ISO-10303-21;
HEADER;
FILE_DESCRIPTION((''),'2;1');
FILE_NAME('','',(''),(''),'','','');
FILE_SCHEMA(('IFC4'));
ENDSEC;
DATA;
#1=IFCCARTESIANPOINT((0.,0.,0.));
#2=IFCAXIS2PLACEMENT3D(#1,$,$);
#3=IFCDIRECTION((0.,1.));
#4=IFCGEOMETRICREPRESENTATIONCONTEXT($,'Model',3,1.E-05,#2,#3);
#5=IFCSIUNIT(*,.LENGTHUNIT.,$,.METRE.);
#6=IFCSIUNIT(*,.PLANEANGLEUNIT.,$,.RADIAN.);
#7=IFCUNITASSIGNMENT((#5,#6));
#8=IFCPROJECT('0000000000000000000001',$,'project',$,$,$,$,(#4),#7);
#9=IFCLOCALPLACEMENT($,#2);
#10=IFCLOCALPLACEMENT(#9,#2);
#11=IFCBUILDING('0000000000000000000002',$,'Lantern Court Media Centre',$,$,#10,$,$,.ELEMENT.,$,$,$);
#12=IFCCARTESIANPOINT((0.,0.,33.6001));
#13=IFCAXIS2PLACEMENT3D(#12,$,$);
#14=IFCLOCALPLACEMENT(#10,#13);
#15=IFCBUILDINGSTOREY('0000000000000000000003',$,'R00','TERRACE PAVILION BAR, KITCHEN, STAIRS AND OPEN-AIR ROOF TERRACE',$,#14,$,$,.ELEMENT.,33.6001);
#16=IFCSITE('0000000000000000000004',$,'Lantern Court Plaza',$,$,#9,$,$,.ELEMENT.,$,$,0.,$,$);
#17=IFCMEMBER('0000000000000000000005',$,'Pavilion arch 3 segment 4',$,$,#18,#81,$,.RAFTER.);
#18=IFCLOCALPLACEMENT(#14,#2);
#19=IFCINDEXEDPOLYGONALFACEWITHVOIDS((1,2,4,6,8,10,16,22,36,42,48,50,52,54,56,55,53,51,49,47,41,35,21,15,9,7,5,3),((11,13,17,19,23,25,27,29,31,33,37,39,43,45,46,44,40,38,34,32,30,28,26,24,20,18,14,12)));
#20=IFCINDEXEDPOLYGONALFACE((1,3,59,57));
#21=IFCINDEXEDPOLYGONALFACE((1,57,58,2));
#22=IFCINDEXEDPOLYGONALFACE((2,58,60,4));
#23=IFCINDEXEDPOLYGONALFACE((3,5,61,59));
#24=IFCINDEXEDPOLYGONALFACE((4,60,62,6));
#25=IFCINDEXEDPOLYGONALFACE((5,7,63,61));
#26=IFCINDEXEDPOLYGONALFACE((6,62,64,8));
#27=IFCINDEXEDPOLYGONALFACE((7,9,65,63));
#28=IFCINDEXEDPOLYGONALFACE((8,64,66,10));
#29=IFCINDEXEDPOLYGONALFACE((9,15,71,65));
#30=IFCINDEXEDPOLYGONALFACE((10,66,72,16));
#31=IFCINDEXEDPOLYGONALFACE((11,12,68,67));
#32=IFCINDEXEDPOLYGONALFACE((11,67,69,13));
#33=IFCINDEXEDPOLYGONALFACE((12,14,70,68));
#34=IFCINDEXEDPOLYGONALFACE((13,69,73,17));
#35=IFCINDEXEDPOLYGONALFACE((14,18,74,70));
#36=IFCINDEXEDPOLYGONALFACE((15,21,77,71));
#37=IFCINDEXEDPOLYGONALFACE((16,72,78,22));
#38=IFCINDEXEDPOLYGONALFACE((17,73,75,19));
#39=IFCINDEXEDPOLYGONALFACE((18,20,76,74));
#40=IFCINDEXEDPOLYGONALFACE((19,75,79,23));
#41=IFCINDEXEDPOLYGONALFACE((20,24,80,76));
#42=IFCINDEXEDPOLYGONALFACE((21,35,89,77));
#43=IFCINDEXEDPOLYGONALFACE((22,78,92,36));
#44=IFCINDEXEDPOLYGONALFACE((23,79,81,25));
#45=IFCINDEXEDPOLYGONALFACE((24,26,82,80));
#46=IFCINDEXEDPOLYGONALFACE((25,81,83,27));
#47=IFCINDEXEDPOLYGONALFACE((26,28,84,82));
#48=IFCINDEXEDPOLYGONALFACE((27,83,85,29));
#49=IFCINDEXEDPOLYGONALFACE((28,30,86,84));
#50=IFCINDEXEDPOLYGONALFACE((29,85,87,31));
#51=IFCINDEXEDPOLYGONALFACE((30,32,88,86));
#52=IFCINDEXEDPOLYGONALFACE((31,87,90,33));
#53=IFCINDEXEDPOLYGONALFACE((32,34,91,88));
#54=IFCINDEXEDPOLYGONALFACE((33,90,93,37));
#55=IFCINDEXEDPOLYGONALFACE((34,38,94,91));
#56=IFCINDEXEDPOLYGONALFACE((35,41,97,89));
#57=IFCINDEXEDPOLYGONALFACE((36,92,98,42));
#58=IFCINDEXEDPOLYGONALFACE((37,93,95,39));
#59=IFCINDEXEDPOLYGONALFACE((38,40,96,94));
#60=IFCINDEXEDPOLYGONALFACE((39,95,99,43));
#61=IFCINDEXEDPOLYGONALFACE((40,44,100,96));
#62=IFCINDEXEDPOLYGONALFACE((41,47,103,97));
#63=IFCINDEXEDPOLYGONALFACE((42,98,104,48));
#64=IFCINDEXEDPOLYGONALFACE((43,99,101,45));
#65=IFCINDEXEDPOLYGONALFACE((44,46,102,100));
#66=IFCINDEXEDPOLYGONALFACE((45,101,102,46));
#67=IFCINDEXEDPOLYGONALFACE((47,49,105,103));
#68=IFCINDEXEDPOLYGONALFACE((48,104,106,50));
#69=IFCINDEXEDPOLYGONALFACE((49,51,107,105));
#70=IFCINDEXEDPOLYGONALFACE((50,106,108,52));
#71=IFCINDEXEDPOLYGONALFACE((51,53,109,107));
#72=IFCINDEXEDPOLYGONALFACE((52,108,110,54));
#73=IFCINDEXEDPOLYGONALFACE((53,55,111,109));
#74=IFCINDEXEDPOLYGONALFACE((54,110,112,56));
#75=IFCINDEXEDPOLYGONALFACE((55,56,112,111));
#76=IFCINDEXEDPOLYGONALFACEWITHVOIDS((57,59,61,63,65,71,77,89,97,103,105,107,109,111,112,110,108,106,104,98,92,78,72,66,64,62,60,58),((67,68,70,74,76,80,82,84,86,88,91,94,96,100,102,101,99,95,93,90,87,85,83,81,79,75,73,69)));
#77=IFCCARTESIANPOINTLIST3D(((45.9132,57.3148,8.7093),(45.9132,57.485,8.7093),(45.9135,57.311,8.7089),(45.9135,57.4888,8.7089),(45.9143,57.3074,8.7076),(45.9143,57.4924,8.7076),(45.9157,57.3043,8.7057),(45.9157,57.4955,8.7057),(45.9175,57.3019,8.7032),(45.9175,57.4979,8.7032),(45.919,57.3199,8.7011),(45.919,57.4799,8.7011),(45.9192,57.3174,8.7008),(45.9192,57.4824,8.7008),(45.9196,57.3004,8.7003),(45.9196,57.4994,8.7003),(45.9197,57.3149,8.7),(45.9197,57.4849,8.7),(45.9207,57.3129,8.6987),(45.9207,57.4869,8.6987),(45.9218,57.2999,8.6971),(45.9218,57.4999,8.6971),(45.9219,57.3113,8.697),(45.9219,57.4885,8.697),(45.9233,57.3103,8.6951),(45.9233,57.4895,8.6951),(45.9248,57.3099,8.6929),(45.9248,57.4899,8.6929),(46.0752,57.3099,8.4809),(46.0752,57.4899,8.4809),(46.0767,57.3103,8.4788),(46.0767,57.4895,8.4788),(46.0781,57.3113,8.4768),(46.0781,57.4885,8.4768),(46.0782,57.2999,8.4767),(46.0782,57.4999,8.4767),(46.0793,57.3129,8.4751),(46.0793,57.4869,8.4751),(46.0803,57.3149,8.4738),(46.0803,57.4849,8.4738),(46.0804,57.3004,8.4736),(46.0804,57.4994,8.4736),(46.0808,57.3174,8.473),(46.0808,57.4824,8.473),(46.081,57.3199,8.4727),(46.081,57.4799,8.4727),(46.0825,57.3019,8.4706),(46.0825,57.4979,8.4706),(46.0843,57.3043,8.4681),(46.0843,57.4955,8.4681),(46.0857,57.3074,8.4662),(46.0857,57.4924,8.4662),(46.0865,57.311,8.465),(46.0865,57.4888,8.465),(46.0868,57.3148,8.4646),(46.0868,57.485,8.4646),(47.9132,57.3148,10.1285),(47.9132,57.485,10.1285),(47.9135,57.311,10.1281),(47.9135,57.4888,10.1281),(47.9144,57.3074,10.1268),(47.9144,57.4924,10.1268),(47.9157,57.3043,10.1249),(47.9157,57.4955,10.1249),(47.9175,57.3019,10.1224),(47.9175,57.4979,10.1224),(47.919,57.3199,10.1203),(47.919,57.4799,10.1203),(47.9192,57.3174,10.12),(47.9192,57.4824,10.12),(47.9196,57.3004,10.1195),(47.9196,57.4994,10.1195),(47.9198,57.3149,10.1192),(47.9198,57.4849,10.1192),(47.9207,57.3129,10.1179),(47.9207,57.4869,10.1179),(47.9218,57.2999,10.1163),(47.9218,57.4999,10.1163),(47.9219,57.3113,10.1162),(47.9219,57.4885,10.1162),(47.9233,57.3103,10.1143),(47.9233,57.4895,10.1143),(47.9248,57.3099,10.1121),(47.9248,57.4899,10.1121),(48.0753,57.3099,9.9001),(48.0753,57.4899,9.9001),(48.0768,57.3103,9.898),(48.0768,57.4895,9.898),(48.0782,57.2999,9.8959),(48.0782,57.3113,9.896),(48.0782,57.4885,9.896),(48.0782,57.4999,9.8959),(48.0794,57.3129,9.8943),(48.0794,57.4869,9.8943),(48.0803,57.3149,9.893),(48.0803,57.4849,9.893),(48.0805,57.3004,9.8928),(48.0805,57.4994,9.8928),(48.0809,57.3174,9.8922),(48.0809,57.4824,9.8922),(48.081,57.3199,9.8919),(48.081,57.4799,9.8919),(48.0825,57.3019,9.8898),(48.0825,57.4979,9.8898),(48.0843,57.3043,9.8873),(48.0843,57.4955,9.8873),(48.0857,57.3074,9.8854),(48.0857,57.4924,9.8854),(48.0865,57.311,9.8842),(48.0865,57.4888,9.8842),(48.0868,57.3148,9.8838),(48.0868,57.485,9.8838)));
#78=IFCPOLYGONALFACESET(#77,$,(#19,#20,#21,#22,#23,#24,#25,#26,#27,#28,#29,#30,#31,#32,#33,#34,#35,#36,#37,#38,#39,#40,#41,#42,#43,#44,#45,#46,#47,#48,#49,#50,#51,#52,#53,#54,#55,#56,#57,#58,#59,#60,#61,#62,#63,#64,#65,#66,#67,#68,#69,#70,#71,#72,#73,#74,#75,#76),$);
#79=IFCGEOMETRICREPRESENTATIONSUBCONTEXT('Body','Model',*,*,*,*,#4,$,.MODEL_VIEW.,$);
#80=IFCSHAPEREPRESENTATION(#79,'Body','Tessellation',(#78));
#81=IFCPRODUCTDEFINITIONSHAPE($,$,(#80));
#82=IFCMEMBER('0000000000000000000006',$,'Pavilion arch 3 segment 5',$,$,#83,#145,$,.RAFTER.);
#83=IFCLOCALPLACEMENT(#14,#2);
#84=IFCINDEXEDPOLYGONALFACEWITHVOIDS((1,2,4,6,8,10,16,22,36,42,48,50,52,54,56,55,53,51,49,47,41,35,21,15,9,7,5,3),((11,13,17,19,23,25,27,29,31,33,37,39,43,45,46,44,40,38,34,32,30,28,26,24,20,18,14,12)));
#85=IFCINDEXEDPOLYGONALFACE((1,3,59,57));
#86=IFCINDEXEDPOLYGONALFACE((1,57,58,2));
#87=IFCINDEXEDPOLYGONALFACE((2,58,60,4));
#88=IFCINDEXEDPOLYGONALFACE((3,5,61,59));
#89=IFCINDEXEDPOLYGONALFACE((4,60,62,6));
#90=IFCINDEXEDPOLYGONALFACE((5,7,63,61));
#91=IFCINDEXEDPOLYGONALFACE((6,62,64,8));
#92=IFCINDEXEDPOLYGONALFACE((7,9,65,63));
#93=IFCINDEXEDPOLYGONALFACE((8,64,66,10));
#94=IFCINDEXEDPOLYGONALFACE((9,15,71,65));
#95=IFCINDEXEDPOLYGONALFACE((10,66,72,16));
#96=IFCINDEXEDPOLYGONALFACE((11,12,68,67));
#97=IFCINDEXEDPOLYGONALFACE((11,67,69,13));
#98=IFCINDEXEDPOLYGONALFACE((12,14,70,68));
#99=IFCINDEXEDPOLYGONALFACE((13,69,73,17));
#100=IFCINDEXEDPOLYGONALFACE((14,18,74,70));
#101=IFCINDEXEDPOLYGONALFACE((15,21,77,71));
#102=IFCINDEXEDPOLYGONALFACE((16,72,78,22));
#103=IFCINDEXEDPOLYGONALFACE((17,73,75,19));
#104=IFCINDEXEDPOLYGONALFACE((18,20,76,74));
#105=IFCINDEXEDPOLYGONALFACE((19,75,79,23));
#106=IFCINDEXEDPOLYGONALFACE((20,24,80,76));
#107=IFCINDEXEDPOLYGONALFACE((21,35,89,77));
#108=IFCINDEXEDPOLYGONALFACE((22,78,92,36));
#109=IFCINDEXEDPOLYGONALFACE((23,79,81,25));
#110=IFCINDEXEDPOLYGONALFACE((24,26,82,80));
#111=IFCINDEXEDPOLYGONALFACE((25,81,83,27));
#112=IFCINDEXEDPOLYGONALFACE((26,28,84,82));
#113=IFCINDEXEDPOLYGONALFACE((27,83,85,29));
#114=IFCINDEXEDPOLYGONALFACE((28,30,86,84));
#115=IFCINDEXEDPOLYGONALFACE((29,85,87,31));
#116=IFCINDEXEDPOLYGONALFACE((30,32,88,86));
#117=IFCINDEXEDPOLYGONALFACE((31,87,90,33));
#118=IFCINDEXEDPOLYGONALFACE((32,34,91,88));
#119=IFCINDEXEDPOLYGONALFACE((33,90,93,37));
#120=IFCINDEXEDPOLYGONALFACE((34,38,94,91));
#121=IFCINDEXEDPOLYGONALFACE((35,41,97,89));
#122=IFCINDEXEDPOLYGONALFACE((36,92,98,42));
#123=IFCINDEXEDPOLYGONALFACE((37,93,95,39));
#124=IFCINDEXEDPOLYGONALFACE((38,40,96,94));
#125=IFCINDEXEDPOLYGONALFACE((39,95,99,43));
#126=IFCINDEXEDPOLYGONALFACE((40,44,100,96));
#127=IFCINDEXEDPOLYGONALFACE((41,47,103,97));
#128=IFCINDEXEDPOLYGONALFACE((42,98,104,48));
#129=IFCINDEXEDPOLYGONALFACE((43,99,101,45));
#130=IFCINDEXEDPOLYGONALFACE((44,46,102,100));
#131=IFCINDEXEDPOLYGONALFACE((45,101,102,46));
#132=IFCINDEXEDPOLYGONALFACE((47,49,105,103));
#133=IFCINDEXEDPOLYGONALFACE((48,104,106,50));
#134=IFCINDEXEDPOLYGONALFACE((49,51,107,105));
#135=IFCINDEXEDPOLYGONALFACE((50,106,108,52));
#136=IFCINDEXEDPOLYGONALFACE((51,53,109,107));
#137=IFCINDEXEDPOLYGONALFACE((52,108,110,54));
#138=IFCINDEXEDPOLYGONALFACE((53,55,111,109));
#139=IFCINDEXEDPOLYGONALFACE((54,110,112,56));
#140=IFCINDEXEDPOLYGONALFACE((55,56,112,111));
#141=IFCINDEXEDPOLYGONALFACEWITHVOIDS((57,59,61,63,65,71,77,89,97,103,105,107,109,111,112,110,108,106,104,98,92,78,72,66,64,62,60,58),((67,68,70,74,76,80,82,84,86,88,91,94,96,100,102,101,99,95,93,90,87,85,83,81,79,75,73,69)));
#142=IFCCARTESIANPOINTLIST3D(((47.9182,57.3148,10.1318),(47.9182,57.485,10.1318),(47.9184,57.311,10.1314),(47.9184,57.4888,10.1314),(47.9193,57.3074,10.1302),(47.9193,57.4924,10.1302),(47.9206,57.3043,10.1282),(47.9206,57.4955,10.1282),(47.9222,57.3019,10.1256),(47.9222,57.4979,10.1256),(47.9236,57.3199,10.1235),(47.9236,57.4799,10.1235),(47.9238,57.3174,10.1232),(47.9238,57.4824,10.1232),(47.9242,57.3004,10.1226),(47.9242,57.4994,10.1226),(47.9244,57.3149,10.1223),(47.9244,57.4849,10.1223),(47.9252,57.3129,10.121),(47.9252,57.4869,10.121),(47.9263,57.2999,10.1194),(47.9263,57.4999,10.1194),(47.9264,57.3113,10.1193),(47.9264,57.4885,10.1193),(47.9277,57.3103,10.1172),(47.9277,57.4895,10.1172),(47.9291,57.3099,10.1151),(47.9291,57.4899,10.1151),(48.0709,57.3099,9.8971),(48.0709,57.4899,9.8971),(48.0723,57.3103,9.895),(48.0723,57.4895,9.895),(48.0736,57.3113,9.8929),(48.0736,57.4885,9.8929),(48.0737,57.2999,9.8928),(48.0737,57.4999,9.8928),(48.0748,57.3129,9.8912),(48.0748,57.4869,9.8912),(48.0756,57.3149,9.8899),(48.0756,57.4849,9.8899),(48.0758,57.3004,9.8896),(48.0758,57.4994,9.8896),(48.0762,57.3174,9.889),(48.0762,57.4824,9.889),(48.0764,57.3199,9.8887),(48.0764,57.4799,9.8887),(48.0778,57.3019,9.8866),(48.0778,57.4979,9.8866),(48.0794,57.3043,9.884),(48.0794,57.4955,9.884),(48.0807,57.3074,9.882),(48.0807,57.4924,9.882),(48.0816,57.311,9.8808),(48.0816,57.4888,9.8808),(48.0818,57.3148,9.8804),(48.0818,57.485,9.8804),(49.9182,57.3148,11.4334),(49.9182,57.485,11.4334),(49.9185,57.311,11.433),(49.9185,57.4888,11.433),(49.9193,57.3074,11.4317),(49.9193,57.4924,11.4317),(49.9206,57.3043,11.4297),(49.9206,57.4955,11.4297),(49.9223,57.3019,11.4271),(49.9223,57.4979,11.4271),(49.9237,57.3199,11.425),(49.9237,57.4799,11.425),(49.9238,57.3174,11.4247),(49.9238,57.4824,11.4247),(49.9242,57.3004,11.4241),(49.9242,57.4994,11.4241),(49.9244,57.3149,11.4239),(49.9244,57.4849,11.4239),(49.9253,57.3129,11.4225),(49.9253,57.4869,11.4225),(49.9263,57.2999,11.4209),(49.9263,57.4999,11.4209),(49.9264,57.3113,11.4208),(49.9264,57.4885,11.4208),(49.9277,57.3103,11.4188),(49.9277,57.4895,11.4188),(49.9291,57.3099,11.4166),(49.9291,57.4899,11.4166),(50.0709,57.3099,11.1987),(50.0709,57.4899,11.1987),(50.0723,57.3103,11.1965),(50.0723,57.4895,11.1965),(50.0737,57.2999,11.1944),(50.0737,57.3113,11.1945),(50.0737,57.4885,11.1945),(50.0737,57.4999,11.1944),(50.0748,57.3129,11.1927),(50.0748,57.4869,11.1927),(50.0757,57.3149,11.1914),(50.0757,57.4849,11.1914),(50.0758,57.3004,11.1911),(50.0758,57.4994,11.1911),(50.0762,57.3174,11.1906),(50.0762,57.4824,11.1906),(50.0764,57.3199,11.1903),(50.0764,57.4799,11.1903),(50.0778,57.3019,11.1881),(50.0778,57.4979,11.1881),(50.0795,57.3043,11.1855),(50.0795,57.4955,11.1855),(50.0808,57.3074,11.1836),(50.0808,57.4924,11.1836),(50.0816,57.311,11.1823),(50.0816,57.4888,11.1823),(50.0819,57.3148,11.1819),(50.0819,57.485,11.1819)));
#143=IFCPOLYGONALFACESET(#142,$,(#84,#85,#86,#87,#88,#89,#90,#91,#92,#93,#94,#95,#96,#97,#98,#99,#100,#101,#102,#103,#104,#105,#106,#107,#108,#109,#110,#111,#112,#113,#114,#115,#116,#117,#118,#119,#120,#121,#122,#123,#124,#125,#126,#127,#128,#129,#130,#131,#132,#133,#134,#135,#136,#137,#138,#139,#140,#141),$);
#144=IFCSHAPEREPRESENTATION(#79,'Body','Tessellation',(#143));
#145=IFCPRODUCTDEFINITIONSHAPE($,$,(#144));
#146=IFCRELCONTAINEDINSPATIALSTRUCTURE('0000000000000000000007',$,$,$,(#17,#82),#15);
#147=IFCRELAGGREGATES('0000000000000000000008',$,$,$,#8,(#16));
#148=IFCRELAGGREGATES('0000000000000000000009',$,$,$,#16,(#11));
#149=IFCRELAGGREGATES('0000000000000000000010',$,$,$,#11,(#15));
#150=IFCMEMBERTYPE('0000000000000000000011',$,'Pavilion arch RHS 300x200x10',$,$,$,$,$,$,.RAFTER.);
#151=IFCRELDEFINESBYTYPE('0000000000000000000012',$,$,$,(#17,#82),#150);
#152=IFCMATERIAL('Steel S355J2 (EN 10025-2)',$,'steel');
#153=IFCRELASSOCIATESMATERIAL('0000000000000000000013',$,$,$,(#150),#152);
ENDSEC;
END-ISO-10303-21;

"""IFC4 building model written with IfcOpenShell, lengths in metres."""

from ifc_helpers import new_model, si_unit, direction, frame, origin, origin_2d, place, context, subcontext, project, spatial, hollow_rectangle, extrude, material, material_profile, profile_set, type_object, element, save


model = new_model("IFC4")

# Units and contexts
model_context = context("Model", 3, precision=1e-05, world=origin(), true_north=direction((0.0, 1.0)))
body_context = subcontext(model_context, "Body", "Model", "MODEL_VIEW")
ifc_project = project(units=[si_unit("LENGTHUNIT", "METRE"), si_unit("PLANEANGLEUNIT", "RADIAN")], contexts=[model_context])

# Site, building, storey
site_placement = place(None, origin())
site = spatial("IfcSite", under=ifc_project, at=site_placement, Name="Lantern Court Plaza", CompositionType="ELEMENT", RefElevation=0.0)
building_placement = place(site_placement, origin())
building = spatial("IfcBuilding", under=site, at=building_placement, Name="Lantern Court Media Centre", CompositionType="ELEMENT")
storey_placement = place(building_placement, frame((0.0, 0.0, 33.6001)))
storey = spatial("IfcBuildingStorey", under=building, at=storey_placement, Name="R00", Description="TERRACE PAVILION BAR, KITCHEN, STAIRS AND OPEN-AIR ROOF TERRACE", CompositionType="ELEMENT", Elevation=33.6001)

# Members
ifc_material_1 = material(Name="Steel S355J2 (EN 10025-2)", Category="steel")
ifc_material_profile_1 = material_profile(ifc_material_1, hollow_rectangle(XDim=0.2, YDim=0.3, WallThickness=0.01, InnerFilletRadius=0.01, OuterFilletRadius=0.0149, at=origin_2d()), Name="Pavilion arch RHS 300x200x10")
ifc_profile_set_1 = profile_set([ifc_material_profile_1], Name="Steel S355J2 (EN 10025-2)")
member_type_1 = type_object("IfcMemberType", Name="Pavilion arch RHS 300x200x10", PredefinedType="RAFTER", material=ifc_profile_set_1)
member_1_placement = place(storey_placement, frame((46.0, 57.3999, 8.5869), z_axis=(0.815539, 0.0, 0.578702), x_axis=(0.0, 1.0, 0.0)))
element("IfcMember", 1, at=member_1_placement, inside=storey, type_object=member_type_1, Name="Pavilion arch 3 segment 4", PredefinedType="RAFTER", context=body_context, shape_type="SweptSolid", body=[
    extrude(hollow_rectangle(XDim=0.2, YDim=0.3, WallThickness=0.01, InnerFilletRadius=0.01, OuterFilletRadius=0.0149, at=origin_2d()), origin(), (0.0, 0.0, 1.0), 2.4524),
])
member_2_placement = place(storey_placement, frame((48.0, 57.3999, 10.0061), z_axis=(0.838154, 0.0, 0.545434), x_axis=(0.0, 1.0, 0.0)))
element("IfcMember", 2, at=member_2_placement, inside=storey, type_object=member_type_1, Name="Pavilion arch 3 segment 5", PredefinedType="RAFTER", context=body_context, shape_type="SweptSolid", body=[
    extrude(hollow_rectangle(XDim=0.2, YDim=0.3, WallThickness=0.01, InnerFilletRadius=0.01, OuterFilletRadius=0.0149, at=origin_2d()), origin(), (0.0, 0.0, 1.0), 2.3862),
])

save(model, "model.ifc")
